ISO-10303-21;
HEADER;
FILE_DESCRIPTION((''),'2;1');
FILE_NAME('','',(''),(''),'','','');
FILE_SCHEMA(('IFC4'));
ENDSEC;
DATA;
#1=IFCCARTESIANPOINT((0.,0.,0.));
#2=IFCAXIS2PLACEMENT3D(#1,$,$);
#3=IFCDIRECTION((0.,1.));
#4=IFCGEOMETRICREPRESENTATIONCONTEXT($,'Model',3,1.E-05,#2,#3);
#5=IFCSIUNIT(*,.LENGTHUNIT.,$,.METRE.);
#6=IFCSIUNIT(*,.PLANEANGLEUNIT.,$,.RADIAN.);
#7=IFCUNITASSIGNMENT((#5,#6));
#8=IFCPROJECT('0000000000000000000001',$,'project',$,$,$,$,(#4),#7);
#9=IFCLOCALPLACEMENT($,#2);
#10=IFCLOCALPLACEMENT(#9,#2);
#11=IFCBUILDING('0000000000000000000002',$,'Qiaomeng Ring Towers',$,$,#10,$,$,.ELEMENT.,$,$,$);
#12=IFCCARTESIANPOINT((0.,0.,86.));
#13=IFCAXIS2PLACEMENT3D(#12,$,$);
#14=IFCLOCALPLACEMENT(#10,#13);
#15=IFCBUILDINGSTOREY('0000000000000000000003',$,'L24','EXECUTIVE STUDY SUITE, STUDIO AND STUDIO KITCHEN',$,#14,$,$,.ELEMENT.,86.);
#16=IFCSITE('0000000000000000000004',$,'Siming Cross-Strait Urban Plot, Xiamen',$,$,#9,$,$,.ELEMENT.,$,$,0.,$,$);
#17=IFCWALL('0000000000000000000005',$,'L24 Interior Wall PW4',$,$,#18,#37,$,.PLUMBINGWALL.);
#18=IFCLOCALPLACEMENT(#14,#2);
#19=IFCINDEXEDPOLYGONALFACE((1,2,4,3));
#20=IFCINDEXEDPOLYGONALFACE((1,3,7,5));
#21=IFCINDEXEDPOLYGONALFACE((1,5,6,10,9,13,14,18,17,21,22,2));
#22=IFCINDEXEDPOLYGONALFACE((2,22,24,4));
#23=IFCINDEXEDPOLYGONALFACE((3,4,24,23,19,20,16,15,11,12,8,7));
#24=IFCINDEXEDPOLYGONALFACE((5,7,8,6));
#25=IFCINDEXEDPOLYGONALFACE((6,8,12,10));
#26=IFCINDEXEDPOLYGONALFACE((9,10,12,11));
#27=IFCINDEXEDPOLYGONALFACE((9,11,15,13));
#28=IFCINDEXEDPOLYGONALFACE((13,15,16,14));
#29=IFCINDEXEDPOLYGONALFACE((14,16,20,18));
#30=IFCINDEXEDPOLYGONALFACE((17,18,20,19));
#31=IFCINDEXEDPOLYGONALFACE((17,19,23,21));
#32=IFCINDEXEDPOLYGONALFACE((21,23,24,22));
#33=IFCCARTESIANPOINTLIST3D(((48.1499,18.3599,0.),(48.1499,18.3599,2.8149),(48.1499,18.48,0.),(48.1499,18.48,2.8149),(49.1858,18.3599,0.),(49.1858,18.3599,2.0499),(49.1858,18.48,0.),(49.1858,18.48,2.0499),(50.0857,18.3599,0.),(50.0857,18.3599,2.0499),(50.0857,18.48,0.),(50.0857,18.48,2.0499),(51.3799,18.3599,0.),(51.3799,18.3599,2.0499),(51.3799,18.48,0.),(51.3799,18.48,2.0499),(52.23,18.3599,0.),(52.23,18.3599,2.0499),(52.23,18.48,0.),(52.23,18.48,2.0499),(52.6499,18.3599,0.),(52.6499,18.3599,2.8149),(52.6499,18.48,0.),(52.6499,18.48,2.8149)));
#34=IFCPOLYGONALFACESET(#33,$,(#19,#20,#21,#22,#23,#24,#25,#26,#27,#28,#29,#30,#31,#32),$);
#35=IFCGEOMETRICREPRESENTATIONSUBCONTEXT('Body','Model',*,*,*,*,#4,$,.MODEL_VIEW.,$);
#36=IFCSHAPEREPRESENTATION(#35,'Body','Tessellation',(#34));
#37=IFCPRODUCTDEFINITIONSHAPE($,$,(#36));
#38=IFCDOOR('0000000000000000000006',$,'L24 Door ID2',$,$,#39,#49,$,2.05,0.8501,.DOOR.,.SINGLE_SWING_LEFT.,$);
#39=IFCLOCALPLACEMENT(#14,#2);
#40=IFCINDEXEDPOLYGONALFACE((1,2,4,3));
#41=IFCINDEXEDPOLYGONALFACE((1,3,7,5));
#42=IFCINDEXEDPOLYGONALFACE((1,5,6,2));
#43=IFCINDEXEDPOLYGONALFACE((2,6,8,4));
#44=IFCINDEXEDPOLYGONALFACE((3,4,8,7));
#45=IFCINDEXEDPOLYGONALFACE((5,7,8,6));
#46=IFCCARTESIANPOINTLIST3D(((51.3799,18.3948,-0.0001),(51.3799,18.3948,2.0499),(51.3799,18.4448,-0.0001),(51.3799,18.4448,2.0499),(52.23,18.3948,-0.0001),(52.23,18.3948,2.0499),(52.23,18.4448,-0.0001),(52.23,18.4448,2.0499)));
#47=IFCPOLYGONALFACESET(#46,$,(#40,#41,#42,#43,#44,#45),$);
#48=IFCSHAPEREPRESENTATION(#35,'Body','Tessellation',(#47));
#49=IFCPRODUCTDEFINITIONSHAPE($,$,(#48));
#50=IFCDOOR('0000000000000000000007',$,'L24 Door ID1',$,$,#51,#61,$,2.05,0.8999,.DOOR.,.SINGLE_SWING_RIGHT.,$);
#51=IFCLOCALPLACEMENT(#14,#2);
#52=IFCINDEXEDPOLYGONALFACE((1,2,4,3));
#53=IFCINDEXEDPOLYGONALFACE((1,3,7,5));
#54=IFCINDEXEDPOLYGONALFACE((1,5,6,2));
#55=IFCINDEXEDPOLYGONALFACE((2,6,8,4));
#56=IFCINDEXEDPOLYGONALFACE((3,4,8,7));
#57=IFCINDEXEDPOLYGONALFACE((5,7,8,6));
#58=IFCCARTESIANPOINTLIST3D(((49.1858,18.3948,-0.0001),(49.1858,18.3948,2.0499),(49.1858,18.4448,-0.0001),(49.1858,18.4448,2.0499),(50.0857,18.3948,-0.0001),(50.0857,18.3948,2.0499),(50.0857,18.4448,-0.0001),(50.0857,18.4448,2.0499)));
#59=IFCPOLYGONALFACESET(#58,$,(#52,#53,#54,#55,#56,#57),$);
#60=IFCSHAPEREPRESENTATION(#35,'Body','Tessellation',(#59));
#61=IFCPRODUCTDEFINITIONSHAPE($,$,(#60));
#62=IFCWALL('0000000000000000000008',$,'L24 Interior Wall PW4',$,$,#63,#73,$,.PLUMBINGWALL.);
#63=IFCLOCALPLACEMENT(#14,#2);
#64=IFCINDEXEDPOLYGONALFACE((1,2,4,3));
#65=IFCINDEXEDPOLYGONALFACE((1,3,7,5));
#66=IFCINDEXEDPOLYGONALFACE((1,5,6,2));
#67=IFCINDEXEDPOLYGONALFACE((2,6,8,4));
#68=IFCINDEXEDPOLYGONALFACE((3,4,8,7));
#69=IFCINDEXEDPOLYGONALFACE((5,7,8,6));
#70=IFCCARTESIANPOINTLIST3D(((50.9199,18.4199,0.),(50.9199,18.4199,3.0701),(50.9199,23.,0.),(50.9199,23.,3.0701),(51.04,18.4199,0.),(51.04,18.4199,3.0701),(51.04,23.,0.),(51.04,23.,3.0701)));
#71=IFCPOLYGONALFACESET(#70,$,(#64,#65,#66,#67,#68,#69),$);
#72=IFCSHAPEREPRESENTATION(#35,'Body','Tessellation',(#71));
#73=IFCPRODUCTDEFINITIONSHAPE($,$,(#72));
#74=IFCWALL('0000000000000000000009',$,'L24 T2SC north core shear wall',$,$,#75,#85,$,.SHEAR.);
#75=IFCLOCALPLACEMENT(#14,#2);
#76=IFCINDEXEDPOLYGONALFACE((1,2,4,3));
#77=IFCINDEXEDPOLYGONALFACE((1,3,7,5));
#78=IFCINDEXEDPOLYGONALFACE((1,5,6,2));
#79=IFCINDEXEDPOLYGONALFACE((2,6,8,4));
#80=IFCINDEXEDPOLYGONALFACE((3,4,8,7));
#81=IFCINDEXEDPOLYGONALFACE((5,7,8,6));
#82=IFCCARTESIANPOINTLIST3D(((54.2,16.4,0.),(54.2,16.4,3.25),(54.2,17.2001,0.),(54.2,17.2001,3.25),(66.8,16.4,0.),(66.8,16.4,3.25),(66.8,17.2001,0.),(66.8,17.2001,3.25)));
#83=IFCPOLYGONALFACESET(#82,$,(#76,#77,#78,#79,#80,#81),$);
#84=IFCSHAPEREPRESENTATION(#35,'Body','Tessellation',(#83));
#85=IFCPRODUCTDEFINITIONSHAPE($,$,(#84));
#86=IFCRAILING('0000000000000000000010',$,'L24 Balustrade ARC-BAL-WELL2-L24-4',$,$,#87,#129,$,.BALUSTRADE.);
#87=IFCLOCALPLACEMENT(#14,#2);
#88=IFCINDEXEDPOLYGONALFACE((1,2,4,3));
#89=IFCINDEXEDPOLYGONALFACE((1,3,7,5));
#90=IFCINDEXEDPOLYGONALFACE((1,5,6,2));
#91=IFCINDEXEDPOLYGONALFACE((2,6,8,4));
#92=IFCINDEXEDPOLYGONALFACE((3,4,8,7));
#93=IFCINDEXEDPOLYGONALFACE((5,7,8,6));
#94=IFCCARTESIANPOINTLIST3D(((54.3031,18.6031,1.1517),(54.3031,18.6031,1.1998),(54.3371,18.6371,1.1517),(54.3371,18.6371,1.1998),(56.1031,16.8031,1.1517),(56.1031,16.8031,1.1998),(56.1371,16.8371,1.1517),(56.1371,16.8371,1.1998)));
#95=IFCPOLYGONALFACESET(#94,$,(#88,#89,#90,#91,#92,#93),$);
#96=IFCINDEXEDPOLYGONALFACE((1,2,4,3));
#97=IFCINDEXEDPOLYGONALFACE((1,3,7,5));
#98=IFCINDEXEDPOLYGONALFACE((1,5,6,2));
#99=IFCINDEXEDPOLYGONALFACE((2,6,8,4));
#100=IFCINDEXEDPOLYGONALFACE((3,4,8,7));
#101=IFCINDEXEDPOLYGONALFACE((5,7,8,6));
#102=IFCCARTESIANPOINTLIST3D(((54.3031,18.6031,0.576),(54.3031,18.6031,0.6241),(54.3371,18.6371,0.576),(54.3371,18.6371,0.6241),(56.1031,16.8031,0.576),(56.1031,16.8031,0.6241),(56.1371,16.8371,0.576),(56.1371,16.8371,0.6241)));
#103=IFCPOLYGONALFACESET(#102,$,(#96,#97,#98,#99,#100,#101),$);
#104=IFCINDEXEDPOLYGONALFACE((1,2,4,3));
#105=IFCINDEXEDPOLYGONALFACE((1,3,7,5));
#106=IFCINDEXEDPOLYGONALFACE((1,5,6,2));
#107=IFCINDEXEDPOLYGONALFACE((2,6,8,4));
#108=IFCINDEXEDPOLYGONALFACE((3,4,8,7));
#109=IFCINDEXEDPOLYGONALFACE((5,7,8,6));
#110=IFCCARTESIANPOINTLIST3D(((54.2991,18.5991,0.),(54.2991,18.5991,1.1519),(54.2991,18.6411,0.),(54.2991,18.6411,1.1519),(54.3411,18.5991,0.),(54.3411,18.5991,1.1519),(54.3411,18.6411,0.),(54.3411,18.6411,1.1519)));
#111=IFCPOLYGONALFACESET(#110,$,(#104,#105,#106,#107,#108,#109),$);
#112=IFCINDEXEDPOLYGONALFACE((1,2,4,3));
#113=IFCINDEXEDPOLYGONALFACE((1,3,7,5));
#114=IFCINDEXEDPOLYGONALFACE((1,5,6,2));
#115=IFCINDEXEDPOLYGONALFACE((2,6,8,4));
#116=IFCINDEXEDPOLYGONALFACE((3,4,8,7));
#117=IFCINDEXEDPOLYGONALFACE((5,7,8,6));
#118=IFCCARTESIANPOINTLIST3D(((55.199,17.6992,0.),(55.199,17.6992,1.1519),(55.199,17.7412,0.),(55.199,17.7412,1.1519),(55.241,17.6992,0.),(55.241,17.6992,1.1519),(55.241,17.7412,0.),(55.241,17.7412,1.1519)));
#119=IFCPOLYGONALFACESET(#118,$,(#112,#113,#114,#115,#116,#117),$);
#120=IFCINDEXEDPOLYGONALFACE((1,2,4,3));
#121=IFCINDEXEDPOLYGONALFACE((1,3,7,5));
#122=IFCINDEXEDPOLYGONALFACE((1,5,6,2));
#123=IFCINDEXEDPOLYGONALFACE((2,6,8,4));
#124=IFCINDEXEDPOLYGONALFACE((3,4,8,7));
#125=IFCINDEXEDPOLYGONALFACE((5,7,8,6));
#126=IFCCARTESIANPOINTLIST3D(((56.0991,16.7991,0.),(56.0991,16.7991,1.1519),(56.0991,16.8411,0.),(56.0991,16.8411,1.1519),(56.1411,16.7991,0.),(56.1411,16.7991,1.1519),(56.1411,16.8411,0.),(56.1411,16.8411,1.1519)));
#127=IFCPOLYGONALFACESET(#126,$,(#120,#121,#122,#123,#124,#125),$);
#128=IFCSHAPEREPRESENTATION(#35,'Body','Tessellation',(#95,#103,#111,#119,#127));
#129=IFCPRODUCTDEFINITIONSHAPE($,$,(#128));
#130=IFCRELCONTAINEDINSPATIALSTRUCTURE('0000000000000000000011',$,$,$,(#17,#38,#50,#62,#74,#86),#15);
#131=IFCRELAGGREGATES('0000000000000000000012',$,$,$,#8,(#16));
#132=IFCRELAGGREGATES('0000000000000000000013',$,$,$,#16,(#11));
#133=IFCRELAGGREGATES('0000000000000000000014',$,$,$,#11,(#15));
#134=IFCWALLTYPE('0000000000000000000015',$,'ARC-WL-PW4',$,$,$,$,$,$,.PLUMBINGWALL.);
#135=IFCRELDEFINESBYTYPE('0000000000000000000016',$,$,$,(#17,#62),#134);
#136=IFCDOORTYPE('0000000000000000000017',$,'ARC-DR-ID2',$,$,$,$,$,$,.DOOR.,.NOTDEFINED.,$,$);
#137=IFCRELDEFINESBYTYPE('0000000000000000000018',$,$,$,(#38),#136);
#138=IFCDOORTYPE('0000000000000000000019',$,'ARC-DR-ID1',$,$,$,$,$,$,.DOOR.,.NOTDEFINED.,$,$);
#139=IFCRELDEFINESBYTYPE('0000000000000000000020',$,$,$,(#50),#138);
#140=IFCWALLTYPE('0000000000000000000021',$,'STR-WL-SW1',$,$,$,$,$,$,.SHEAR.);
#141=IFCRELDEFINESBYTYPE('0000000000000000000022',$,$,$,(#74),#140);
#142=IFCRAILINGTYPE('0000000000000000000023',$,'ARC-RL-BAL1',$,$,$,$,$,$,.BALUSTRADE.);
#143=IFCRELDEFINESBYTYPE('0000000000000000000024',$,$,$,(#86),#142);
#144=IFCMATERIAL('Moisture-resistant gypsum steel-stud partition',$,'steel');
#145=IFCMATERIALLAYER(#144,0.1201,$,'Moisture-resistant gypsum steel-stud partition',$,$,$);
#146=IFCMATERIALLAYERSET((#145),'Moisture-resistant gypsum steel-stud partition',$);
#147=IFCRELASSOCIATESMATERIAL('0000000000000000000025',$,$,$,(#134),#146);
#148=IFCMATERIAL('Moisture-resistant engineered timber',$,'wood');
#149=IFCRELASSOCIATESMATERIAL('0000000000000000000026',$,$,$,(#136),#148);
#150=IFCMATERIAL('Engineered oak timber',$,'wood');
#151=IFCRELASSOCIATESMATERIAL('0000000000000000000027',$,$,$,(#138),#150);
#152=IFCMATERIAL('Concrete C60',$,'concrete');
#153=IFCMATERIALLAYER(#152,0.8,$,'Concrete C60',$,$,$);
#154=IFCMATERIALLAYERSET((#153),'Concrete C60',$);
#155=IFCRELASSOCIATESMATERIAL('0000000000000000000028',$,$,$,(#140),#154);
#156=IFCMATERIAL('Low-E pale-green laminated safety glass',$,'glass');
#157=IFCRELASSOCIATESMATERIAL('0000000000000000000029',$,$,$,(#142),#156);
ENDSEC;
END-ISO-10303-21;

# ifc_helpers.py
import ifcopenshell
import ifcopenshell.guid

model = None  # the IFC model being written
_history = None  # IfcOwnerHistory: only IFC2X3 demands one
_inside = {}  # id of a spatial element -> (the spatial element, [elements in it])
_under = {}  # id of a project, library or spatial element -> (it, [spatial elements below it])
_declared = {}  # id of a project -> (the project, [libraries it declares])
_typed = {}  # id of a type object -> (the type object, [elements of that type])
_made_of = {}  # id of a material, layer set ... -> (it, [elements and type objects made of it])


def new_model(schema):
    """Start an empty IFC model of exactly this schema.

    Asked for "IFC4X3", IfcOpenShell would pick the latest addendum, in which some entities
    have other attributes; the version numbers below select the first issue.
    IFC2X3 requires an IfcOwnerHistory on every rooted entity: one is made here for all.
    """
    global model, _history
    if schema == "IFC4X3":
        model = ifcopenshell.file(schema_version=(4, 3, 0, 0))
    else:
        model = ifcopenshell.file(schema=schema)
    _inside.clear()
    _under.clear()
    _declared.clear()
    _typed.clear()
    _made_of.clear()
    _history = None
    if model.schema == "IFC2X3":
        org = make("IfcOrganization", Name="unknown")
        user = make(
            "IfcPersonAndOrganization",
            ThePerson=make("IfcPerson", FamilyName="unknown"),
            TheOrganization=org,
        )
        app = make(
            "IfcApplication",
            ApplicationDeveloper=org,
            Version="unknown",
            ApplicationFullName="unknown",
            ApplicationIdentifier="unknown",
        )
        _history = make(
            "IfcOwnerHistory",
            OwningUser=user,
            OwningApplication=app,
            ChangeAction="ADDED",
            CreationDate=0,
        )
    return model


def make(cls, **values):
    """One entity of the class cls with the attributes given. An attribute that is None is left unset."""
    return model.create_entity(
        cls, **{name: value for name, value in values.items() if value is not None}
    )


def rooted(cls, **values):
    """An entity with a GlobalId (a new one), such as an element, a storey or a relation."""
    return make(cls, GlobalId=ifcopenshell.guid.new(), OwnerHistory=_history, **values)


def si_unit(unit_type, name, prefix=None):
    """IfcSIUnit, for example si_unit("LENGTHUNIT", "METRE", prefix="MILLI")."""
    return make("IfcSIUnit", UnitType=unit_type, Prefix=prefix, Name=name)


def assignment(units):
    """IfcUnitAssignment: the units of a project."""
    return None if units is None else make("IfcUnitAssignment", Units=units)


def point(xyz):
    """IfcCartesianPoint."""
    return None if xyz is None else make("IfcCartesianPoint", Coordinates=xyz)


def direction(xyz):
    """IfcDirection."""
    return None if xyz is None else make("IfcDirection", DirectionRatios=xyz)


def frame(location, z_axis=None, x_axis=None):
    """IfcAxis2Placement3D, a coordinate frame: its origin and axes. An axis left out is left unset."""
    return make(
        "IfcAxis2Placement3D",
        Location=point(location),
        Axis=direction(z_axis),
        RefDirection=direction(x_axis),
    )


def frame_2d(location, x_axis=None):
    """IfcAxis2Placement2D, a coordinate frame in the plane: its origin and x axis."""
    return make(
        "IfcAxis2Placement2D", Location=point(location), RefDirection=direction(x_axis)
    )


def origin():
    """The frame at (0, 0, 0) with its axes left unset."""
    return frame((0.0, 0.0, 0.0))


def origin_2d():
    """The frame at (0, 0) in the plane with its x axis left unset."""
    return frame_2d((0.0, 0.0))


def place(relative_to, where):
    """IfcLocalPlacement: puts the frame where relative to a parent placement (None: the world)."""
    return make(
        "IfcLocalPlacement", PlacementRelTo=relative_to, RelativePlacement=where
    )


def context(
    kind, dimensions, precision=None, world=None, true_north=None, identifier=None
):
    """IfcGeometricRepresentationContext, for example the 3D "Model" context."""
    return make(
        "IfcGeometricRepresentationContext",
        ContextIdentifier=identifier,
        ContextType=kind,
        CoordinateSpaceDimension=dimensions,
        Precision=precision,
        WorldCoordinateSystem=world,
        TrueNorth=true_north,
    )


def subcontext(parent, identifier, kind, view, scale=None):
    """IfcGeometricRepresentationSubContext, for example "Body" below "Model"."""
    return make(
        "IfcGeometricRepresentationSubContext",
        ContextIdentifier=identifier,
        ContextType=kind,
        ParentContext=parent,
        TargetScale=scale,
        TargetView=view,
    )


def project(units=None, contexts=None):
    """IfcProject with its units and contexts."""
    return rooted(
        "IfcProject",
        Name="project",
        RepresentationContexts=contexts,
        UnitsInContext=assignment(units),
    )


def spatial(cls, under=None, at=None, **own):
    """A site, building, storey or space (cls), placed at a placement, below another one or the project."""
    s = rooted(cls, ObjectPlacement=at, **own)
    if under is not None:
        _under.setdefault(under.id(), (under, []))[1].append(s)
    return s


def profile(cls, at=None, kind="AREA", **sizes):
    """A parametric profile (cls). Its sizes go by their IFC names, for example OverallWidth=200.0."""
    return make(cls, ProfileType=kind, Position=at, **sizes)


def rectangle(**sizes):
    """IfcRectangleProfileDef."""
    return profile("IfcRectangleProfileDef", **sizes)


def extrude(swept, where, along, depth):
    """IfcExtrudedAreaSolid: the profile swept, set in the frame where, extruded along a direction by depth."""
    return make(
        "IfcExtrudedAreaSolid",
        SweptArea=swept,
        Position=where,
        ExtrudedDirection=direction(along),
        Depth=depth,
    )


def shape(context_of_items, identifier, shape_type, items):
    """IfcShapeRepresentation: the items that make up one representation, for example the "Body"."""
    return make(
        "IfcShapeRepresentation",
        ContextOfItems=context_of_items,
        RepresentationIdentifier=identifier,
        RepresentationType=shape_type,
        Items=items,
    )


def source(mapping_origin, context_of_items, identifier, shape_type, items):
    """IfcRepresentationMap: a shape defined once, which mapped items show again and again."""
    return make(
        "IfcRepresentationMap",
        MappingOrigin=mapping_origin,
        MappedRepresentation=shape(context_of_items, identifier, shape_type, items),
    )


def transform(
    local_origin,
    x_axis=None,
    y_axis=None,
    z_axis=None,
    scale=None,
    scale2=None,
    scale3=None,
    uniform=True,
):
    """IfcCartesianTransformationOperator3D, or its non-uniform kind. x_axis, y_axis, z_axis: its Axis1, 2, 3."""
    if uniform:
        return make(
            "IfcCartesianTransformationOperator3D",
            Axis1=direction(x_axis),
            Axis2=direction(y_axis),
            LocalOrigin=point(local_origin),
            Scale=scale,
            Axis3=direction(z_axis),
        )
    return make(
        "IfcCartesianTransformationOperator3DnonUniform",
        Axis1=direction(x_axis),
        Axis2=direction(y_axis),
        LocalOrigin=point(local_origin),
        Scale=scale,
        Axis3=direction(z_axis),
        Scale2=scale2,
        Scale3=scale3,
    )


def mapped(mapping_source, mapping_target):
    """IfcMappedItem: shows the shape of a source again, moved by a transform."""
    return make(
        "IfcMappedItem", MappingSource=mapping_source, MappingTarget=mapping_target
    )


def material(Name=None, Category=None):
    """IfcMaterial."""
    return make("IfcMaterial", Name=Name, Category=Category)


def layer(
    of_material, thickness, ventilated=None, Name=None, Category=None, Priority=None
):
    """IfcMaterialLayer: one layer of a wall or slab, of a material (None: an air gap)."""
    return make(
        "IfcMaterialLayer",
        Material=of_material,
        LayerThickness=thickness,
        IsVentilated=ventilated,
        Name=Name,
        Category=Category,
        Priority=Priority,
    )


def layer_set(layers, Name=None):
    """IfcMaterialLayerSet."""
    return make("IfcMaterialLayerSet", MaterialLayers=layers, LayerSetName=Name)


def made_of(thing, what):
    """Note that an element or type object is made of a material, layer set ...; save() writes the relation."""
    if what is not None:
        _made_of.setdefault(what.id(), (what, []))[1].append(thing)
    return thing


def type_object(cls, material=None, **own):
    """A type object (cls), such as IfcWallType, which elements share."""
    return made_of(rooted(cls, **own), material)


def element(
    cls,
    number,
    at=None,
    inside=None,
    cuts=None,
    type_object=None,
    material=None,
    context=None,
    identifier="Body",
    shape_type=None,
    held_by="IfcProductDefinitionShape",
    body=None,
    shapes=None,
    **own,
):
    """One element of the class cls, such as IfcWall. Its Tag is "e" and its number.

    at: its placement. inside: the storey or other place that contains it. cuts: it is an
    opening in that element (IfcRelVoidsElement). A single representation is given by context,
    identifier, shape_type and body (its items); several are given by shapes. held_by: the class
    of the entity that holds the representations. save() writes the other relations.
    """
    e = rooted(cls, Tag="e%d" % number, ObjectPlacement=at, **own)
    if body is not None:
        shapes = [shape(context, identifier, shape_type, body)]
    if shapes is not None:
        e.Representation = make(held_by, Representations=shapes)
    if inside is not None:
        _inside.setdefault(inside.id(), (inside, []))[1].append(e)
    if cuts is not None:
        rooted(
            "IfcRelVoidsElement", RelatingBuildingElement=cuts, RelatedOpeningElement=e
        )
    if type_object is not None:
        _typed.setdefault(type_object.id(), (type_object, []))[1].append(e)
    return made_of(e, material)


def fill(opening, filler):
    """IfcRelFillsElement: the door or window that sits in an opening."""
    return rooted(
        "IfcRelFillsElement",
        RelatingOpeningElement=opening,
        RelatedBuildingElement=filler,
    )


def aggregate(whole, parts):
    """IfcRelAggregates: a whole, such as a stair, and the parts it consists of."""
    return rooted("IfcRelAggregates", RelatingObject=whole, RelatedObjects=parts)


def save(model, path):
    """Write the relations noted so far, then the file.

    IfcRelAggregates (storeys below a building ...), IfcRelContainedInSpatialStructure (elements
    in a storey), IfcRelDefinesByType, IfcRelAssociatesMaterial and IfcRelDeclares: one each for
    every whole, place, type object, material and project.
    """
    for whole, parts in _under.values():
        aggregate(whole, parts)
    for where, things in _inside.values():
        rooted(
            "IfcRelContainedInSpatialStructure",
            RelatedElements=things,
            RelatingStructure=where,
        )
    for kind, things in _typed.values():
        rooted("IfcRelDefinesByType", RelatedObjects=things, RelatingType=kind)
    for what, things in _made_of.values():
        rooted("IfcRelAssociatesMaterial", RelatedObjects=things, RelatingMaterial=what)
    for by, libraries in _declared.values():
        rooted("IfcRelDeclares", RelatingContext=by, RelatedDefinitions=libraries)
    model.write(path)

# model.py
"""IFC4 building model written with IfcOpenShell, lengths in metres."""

from ifc_helpers import new_model, si_unit, direction, frame, frame_2d, origin, origin_2d, place, context, subcontext, project, spatial, rectangle, extrude, source, transform, mapped, material, layer, layer_set, type_object, element, fill, save


model = new_model("IFC4")

# Units and contexts
model_context = context("Model", 3, precision=1e-05, world=origin(), true_north=direction((0.0, 1.0)))
body_context = subcontext(model_context, "Body", "Model", "MODEL_VIEW")
ifc_project = project(units=[si_unit("LENGTHUNIT", "METRE"), si_unit("PLANEANGLEUNIT", "RADIAN")], contexts=[model_context])

# Site, building, storey
site_placement = place(None, origin())
site = spatial("IfcSite", under=ifc_project, at=site_placement, Name="Siming Cross-Strait Urban Plot, Xiamen", CompositionType="ELEMENT", RefElevation=0.0)
building_placement = place(site_placement, origin())
building = spatial("IfcBuilding", under=site, at=building_placement, Name="Qiaomeng Ring Towers", CompositionType="ELEMENT")
storey_placement = place(building_placement, frame((0.0, 0.0, 86.0)))
storey = spatial("IfcBuildingStorey", under=building, at=storey_placement, Name="L24", Description="EXECUTIVE STUDY SUITE, STUDIO AND STUDIO KITCHEN", CompositionType="ELEMENT", Elevation=86.0)

# Wall, openings, doors
ifc_material_1 = material(Name="Moisture-resistant gypsum steel-stud partition", Category="steel")
ifc_layer_1 = layer(ifc_material_1, 0.1201, Name="Moisture-resistant gypsum steel-stud partition")
ifc_layer_set_1 = layer_set([ifc_layer_1], Name="Moisture-resistant gypsum steel-stud partition")
wall_type_1 = type_object("IfcWallType", Name="ARC-WL-PW4", PredefinedType="PLUMBINGWALL", material=ifc_layer_set_1)
wall_1_placement = place(storey_placement, frame((48.1499, 18.4199, 0.0), z_axis=(0.0, 0.0, 1.0), x_axis=(1.0, 0.0, 0.0)))
wall_1 = element("IfcWall", 1, at=wall_1_placement, inside=storey, type_object=wall_type_1, Name="L24 Interior Wall PW4", PredefinedType="PLUMBINGWALL", context=body_context, shape_type="SweptSolid", body=[
    extrude(rectangle(XDim=4.5, YDim=0.1201, at=frame_2d((2.25, 0.0))), origin(), (0.0, 0.0, 1.0), 2.8149),
])
opening_1_placement = place(wall_1_placement, frame((1.0359, 0.0, 0.0)))
opening_1 = element("IfcOpeningElement", 2, at=opening_1_placement, cuts=wall_1, PredefinedType="OPENING", context=body_context, shape_type="SweptSolid", body=[
    extrude(rectangle(XDim=0.8999, YDim=2.05, at=frame_2d((0.45, 1.0249))), frame((0.0, 0.0701, 0.0), z_axis=(0.0, -1.0, 0.0), x_axis=(1.0, 0.0, 0.0)), (0.0, 0.0, 1.0), 0.1401),
])
opening_2_placement = place(wall_1_placement, frame((3.23, 0.0, 0.0)))
opening_2 = element("IfcOpeningElement", 3, at=opening_2_placement, cuts=wall_1, PredefinedType="OPENING", context=body_context, shape_type="SweptSolid", body=[
    extrude(rectangle(XDim=0.8501, YDim=2.05, at=frame_2d((0.425, 1.0249))), frame((0.0, 0.0701, 0.0), z_axis=(0.0, -1.0, 0.0), x_axis=(1.0, 0.0, 0.0)), (0.0, 0.0, 1.0), 0.1401),
])
ifc_material_2 = material(Name="Moisture-resistant engineered timber", Category="wood")
door_type_1 = type_object("IfcDoorType", Name="ARC-DR-ID2", OperationType="NOTDEFINED", PredefinedType="DOOR", material=ifc_material_2)
shared_shape_1 = source(origin(), body_context, "Body", "SweptSolid", [
    extrude(rectangle(XDim=0.8501, YDim=2.05, at=frame_2d((0.425, 1.0249))), frame((0.0, 0.0249, 0.0), z_axis=(0.0, -1.0, 0.0), x_axis=(1.0, 0.0, 0.0)), (0.0, 0.0, 1.0), 0.05),
])
door_1_placement = place(opening_2_placement, origin())
door_1 = element("IfcDoor", 4, at=door_1_placement, inside=storey, type_object=door_type_1, Name="L24 Door ID2", OperationType="SINGLE_SWING_LEFT", OverallHeight=2.05, OverallWidth=0.8501, PredefinedType="DOOR", context=body_context, shape_type="MappedRepresentation", body=[
    mapped(shared_shape_1, transform((0.0, 0.0, 0.0), x_axis=(1.0, 0.0, 0.0), y_axis=(0.0, 1.0, 0.0), z_axis=(0.0, 0.0, 1.0), scale=1.0)),
])
fill(opening_2, door_1)
ifc_material_3 = material(Name="Engineered oak timber", Category="wood")
door_type_2 = type_object("IfcDoorType", Name="ARC-DR-ID1", OperationType="NOTDEFINED", PredefinedType="DOOR", material=ifc_material_3)
shared_shape_2 = source(origin(), body_context, "Body", "SweptSolid", [
    extrude(rectangle(XDim=0.8999, YDim=2.05, at=frame_2d((0.45, 1.0249))), frame((0.0, 0.0249, 0.0), z_axis=(0.0, -1.0, 0.0), x_axis=(1.0, 0.0, 0.0)), (0.0, 0.0, 1.0), 0.05),
])
door_2_placement = place(opening_1_placement, origin())
door_2 = element("IfcDoor", 5, at=door_2_placement, inside=storey, type_object=door_type_2, Name="L24 Door ID1", OperationType="SINGLE_SWING_RIGHT", OverallHeight=2.05, OverallWidth=0.8999, PredefinedType="DOOR", context=body_context, shape_type="MappedRepresentation", body=[
    mapped(shared_shape_2, transform((0.0, 0.0, 0.0), x_axis=(1.0, 0.0, 0.0), y_axis=(0.0, 1.0, 0.0), z_axis=(0.0, 0.0, 1.0), scale=1.0)),
])
fill(opening_1, door_2)

# Walls
wall_2_placement = place(storey_placement, frame((50.98, 18.4199, 0.0), z_axis=(0.0, 0.0, 1.0), x_axis=(0.0, 1.0, 0.0)))
element("IfcWall", 6, at=wall_2_placement, inside=storey, type_object=wall_type_1, Name="L24 Interior Wall PW4", PredefinedType="PLUMBINGWALL", context=body_context, shape_type="SweptSolid", body=[
    extrude(rectangle(XDim=4.5801, YDim=0.1201, at=frame_2d((2.29, 0.0))), origin(), (0.0, 0.0, 1.0), 3.0701),
])
ifc_material_4 = material(Name="Concrete C60", Category="concrete")
ifc_layer_2 = layer(ifc_material_4, 0.8, Name="Concrete C60")
ifc_layer_set_2 = layer_set([ifc_layer_2], Name="Concrete C60")
wall_type_2 = type_object("IfcWallType", Name="STR-WL-SW1", PredefinedType="SHEAR", material=ifc_layer_set_2)
wall_3_placement = place(storey_placement, frame((54.2, 16.8, 0.0), z_axis=(0.0, 0.0, 1.0), x_axis=(1.0, 0.0, 0.0)))
element("IfcWall", 7, at=wall_3_placement, inside=storey, type_object=wall_type_2, Name="L24 T2SC north core shear wall", PredefinedType="SHEAR", context=body_context, shape_type="SweptSolid", body=[
    extrude(rectangle(XDim=12.6001, YDim=0.8, at=frame_2d((6.3, 0.0))), origin(), (0.0, 0.0, 1.0), 3.25),
])

# Railing
ifc_material_5 = material(Name="Low-E pale-green laminated safety glass", Category="glass")
railing_type = type_object("IfcRailingType", Name="ARC-RL-BAL1", PredefinedType="BALUSTRADE", material=ifc_material_5)
railing_placement = place(storey_placement, frame((54.3201, 18.6201, 0.0)))
element("IfcRailing", 8, at=railing_placement, inside=storey, type_object=railing_type, Name="L24 Balustrade ARC-BAL-WELL2-L24-4", PredefinedType="BALUSTRADE", context=body_context, shape_type="SweptSolid", body=[
    extrude(rectangle(XDim=0.0481, YDim=0.0481, at=origin_2d()), frame((0.0, 0.0, 1.1758), z_axis=(0.707107, -0.707107, 0.0), x_axis=(0.707107, 0.707107, 0.0)), (0.0, 0.0, 1.0), 2.5457),
    extrude(rectangle(XDim=0.0481, YDim=0.0481, at=origin_2d()), frame((0.0, 0.0, 0.6001), z_axis=(0.707107, -0.707107, 0.0), x_axis=(0.707107, 0.707107, 0.0)), (0.0, 0.0, 1.0), 2.5457),
    extrude(rectangle(XDim=0.042, YDim=0.042, at=origin_2d()), origin(), (0.0, 0.0, 1.0), 1.1519),
    extrude(rectangle(XDim=0.042, YDim=0.042, at=origin_2d()), frame((0.8999, -0.8999, 0.0)), (0.0, 0.0, 1.0), 1.1519),
    extrude(rectangle(XDim=0.042, YDim=0.042, at=origin_2d()), frame((1.8, -1.8, 0.0)), (0.0, 0.0, 1.0), 1.1519),
])

save(model, "model.ifc")
